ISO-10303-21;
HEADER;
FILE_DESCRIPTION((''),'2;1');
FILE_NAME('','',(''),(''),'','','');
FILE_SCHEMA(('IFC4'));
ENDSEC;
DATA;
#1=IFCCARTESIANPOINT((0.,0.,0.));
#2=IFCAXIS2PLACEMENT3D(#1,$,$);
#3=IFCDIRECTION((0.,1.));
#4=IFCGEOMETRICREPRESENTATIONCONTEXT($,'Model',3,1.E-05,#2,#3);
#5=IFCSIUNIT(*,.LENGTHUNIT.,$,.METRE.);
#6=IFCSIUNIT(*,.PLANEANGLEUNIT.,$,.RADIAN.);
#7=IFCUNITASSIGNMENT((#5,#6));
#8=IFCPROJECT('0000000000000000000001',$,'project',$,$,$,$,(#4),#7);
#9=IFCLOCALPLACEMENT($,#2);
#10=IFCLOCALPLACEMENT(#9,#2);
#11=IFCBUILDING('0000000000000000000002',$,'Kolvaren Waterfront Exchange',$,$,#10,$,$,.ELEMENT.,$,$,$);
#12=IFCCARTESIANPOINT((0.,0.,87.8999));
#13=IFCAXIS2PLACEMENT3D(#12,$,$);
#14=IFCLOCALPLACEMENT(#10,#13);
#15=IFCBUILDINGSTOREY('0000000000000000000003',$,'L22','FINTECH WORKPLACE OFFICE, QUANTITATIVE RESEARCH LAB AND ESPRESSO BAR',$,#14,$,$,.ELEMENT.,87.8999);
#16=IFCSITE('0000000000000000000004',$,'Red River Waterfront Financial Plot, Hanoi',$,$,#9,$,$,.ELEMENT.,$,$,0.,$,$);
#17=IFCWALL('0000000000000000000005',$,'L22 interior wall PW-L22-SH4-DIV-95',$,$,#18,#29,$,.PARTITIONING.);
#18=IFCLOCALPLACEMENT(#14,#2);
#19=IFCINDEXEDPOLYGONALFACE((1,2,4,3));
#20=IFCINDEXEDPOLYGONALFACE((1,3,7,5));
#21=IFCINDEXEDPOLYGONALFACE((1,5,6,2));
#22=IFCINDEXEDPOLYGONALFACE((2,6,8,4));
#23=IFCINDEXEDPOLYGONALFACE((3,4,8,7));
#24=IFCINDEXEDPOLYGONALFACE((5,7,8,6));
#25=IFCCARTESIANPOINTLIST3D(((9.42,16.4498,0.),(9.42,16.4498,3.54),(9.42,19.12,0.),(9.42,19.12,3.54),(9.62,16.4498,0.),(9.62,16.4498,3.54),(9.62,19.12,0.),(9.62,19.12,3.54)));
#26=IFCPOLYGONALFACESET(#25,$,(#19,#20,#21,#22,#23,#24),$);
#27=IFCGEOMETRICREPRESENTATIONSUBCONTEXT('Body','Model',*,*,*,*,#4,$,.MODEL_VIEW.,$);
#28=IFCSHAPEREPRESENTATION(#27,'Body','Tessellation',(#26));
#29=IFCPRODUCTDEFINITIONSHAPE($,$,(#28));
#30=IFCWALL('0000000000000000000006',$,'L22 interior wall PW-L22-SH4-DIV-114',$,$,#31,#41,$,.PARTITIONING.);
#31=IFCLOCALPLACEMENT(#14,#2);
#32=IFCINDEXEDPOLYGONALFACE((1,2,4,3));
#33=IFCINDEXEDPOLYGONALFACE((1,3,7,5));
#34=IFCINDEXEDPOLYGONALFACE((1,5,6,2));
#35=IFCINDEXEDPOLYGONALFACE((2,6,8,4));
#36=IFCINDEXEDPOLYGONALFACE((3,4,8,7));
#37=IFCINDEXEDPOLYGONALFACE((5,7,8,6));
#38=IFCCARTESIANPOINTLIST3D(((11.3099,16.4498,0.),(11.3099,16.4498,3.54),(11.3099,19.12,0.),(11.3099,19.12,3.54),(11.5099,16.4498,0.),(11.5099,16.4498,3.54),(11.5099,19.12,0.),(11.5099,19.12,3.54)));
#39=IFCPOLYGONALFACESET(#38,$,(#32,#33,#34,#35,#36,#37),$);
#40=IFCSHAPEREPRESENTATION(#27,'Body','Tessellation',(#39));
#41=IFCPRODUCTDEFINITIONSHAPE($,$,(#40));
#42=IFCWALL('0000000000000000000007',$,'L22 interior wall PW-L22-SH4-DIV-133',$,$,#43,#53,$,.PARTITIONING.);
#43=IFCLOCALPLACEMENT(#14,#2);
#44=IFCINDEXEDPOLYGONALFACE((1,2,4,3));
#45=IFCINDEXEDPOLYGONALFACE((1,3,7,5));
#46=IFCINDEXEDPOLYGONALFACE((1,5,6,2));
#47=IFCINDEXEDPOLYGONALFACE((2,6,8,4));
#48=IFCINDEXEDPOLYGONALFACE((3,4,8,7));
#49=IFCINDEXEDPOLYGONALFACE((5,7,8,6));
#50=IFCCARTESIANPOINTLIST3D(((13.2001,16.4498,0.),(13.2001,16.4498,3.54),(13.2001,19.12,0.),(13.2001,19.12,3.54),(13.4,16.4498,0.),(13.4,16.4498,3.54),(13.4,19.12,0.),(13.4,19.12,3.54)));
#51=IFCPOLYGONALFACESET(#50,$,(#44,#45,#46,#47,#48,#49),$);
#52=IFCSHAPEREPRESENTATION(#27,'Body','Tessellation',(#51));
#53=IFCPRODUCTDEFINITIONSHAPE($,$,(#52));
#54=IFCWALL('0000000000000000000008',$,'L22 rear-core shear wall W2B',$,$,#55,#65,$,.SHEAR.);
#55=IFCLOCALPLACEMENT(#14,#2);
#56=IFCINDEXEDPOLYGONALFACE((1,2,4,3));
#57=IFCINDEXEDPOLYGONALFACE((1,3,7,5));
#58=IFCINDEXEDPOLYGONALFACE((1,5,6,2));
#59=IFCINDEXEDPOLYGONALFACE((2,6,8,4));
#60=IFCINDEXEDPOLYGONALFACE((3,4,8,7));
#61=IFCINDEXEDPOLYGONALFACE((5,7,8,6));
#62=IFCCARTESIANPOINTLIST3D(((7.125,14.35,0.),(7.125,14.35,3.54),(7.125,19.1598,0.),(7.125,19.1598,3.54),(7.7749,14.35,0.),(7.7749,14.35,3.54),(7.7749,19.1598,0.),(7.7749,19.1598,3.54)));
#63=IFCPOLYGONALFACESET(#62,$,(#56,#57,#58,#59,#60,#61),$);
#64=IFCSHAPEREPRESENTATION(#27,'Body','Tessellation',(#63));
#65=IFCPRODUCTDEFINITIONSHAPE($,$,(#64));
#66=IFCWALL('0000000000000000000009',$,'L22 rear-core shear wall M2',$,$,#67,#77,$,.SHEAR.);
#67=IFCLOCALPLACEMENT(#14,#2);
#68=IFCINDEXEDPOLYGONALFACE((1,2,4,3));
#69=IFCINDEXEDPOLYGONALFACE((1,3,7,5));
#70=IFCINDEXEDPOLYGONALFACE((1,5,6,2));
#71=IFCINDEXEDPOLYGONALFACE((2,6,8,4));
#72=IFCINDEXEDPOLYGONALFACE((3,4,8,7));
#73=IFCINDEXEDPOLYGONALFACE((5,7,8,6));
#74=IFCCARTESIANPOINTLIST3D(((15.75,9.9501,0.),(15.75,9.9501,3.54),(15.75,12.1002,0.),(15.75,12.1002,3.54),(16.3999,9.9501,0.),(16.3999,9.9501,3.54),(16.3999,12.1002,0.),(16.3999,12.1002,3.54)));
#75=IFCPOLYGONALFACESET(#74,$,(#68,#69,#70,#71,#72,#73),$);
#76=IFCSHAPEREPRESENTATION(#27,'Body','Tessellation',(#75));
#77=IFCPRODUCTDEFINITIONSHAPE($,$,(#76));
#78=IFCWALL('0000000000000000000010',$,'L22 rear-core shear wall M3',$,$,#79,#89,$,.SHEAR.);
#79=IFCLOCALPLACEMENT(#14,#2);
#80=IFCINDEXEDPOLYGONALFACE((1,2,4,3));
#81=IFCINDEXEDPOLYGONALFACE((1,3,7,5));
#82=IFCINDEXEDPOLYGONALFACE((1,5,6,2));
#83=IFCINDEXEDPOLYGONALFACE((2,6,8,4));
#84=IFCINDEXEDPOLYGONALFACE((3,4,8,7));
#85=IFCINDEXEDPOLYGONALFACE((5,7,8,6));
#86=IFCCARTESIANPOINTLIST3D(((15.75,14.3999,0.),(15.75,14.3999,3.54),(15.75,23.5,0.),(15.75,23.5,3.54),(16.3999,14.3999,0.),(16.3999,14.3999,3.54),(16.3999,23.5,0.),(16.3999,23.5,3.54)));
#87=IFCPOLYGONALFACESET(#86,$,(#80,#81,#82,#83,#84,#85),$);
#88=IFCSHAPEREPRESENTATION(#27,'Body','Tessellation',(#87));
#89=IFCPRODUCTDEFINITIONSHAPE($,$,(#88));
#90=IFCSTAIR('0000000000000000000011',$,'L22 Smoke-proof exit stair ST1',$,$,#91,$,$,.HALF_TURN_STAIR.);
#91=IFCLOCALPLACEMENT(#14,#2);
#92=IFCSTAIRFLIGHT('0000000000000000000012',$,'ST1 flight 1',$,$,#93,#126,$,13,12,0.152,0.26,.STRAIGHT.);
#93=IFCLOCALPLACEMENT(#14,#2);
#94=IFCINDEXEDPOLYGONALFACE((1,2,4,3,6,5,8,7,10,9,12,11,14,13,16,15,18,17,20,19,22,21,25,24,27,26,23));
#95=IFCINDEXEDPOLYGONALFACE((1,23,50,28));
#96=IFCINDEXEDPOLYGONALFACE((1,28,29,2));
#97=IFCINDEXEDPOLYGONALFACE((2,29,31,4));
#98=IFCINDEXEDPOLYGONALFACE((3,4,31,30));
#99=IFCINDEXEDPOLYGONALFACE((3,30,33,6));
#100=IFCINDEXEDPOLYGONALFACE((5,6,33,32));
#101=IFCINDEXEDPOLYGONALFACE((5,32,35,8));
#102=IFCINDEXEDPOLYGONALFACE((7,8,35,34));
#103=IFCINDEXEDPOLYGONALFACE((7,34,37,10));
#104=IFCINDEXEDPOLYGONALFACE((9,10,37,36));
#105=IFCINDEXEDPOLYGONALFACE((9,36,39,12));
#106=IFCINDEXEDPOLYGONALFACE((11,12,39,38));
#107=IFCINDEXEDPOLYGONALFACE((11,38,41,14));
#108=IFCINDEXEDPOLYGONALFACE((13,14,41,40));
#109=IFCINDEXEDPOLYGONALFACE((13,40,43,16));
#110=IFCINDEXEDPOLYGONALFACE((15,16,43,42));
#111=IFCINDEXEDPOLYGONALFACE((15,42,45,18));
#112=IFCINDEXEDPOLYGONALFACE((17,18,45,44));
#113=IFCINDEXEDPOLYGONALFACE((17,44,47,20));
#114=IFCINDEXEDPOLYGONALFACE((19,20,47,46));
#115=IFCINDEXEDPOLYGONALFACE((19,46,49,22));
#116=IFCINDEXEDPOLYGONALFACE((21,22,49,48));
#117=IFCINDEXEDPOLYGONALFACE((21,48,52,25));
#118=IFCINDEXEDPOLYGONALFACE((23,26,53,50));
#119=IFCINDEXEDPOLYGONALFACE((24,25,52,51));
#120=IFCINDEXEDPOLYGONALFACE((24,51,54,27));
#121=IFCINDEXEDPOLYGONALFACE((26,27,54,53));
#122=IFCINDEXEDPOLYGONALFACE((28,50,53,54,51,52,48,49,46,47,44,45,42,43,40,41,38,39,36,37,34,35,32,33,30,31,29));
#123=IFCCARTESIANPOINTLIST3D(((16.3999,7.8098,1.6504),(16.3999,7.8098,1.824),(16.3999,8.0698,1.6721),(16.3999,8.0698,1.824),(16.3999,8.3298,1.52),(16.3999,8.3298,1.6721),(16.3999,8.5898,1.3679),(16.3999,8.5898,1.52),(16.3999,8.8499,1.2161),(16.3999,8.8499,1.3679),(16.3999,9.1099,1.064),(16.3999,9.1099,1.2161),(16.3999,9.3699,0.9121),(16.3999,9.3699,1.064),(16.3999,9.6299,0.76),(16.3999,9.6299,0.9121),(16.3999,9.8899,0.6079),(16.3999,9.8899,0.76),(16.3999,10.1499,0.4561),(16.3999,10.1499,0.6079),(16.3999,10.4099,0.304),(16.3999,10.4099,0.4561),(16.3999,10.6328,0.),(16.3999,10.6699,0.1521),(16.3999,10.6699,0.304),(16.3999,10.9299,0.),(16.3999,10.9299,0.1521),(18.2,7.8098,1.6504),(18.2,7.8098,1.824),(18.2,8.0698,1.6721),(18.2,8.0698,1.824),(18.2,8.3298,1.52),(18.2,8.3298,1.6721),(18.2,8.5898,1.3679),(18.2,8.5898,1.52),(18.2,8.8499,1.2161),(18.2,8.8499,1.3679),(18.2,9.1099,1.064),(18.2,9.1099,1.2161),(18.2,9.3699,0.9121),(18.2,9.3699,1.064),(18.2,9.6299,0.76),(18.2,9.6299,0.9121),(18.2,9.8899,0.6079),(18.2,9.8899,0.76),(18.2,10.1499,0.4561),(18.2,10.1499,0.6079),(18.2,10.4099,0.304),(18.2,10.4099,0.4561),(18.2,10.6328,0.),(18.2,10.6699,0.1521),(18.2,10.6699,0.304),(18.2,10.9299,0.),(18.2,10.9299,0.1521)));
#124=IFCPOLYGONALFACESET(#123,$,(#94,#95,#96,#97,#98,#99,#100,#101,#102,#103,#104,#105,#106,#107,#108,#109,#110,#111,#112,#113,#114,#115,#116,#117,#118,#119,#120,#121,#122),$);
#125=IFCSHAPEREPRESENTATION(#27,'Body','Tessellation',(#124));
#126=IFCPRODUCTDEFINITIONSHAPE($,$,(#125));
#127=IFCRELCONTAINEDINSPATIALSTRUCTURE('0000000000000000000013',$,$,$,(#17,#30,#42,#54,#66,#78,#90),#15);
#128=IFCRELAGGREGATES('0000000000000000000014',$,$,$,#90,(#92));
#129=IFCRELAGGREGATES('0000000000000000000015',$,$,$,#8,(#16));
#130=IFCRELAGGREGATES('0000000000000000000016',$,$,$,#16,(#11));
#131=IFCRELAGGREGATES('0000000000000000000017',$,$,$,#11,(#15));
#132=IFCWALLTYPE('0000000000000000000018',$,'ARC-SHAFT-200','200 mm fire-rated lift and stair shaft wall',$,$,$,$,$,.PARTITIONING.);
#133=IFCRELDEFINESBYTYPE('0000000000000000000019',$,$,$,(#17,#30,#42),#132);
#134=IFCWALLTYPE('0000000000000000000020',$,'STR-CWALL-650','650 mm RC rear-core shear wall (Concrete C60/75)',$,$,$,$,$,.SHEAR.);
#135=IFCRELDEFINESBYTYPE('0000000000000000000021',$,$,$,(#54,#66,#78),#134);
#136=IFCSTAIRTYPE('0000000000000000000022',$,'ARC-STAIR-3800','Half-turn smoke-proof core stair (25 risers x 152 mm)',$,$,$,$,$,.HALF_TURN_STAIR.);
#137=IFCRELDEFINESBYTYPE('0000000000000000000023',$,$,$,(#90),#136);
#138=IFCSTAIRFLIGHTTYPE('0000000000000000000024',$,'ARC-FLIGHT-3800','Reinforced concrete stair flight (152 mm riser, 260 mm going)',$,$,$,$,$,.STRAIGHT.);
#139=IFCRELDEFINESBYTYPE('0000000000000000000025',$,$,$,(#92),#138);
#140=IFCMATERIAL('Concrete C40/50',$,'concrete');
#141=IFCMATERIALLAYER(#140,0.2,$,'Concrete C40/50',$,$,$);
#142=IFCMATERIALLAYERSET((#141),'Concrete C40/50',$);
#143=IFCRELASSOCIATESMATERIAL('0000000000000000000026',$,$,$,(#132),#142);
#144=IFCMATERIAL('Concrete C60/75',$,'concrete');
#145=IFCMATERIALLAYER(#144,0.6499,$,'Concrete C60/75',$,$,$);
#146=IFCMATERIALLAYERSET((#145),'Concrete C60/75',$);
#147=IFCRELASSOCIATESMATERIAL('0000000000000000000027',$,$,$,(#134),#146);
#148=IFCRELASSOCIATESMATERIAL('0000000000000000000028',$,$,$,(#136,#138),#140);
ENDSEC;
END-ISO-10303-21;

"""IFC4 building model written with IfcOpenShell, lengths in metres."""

from ifc_helpers import new_model, si_unit, direction, frame, frame_2d, origin, place, context, subcontext, project, spatial, polyline, rectangle, outline, extrude, material, layer, layer_set, type_object, element, aggregate, save


model = new_model("IFC4")

# Units and contexts
model_context = context("Model", 3, precision=1e-05, world=origin(), true_north=direction((0.0, 1.0)))
body_context = subcontext(model_context, "Body", "Model", "MODEL_VIEW")
ifc_project = project(units=[si_unit("LENGTHUNIT", "METRE"), si_unit("PLANEANGLEUNIT", "RADIAN")], contexts=[model_context])

# Site, building, storey
site_placement = place(None, origin())
site = spatial("IfcSite", under=ifc_project, at=site_placement, Name="Red River Waterfront Financial Plot, Hanoi", CompositionType="ELEMENT", RefElevation=0.0)
building_placement = place(site_placement, origin())
building = spatial("IfcBuilding", under=site, at=building_placement, Name="Kolvaren Waterfront Exchange", CompositionType="ELEMENT")
storey_placement = place(building_placement, frame((0.0, 0.0, 87.8999)))
storey = spatial("IfcBuildingStorey", under=building, at=storey_placement, Name="L22", Description="FINTECH WORKPLACE OFFICE, QUANTITATIVE RESEARCH LAB AND ESPRESSO BAR", CompositionType="ELEMENT", Elevation=87.8999)

# Shared definitions
ifc_material_1 = material(Name="Concrete C60/75", Category="concrete")

# Shared definitions
ifc_material_2 = material(Name="Concrete C40/50", Category="concrete")
ifc_layer_1 = layer(ifc_material_2, 0.2, Name="Concrete C40/50")
ifc_layer_set_1 = layer_set([ifc_layer_1], Name="Concrete C40/50")
wall_type_1 = type_object("IfcWallType", Name="ARC-SHAFT-200", Description="200 mm fire-rated lift and stair shaft wall", PredefinedType="PARTITIONING", material=ifc_layer_set_1)

# Walls
for number, where, z_axis, x_axis, name in (
    (1, (9.52, 16.45, 0.0), (0.0, 0.0, 1.0), (0.0, 1.0, 0.0), "L22 interior wall PW-L22-SH4-DIV-95"),
    (2, (11.4099, 16.45, 0.0), (0.0, 0.0, 1.0), (0.0, 1.0, 0.0), "L22 interior wall PW-L22-SH4-DIV-114"),
    (3, (13.3, 16.45, 0.0), (0.0, 0.0, 1.0), (0.0, 1.0, 0.0), "L22 interior wall PW-L22-SH4-DIV-133"),
):
    element("IfcWall", number, at=place(storey_placement, frame(where, z_axis=z_axis, x_axis=x_axis)), inside=storey, type_object=wall_type_1, Name=name, PredefinedType="PARTITIONING", context=body_context, shape_type="SweptSolid", body=[
        extrude(rectangle(XDim=2.6702, YDim=0.2, at=frame_2d((1.335, 0.0))), origin(), (0.0, 0.0, 1.0), 3.54),
    ])
ifc_layer_2 = layer(ifc_material_1, 0.6499, Name="Concrete C60/75")
ifc_layer_set_2 = layer_set([ifc_layer_2], Name="Concrete C60/75")
wall_type_2 = type_object("IfcWallType", Name="STR-CWALL-650", Description="650 mm RC rear-core shear wall (Concrete C60/75)", PredefinedType="SHEAR", material=ifc_layer_set_2)
wall_1_placement = place(storey_placement, frame((7.45, 14.3501, 0.0), z_axis=(0.0, 0.0, 1.0), x_axis=(0.0, 1.0, 0.0)))
element("IfcWall", 4, at=wall_1_placement, inside=storey, type_object=wall_type_2, Name="L22 rear-core shear wall W2B", PredefinedType="SHEAR", context=body_context, shape_type="SweptSolid", body=[
    extrude(rectangle(XDim=4.8098, YDim=0.6499, at=frame_2d((2.4048, 0.0))), origin(), (0.0, 0.0, 1.0), 3.54),
])
wall_2_placement = place(storey_placement, frame((16.075, 9.95, 0.0), z_axis=(0.0, 0.0, 1.0), x_axis=(0.0, 1.0, 0.0)))
element("IfcWall", 5, at=wall_2_placement, inside=storey, type_object=wall_type_2, Name="L22 rear-core shear wall M2", PredefinedType="SHEAR", context=body_context, shape_type="SweptSolid", body=[
    extrude(rectangle(XDim=2.1501, YDim=0.6499, at=frame_2d((1.0752, 0.0))), origin(), (0.0, 0.0, 1.0), 3.54),
])
wall_3_placement = place(storey_placement, frame((16.075, 14.3999, 0.0), z_axis=(0.0, 0.0, 1.0), x_axis=(0.0, 1.0, 0.0)))
element("IfcWall", 6, at=wall_3_placement, inside=storey, type_object=wall_type_2, Name="L22 rear-core shear wall M3", PredefinedType="SHEAR", context=body_context, shape_type="SweptSolid", body=[
    extrude(rectangle(XDim=9.1001, YDim=0.6499, at=frame_2d((4.55, 0.0))), origin(), (0.0, 0.0, 1.0), 3.54),
])

# Stair, stair flight
stair_type = type_object("IfcStairType", Name="ARC-STAIR-3800", Description="Half-turn smoke-proof core stair (25 risers x 152 mm)", PredefinedType="HALF_TURN_STAIR", material=ifc_material_2)
stair_placement = place(storey_placement, origin())
stair = element("IfcStair", 7, at=stair_placement, inside=storey, type_object=stair_type, Name="L22 Smoke-proof exit stair ST1", PredefinedType="HALF_TURN_STAIR")
stair_flight_type = type_object("IfcStairFlightType", Name="ARC-FLIGHT-3800", Description="Reinforced concrete stair flight (152 mm riser, 260 mm going)", PredefinedType="STRAIGHT", material=ifc_material_2)
stair_flight_placement = place(storey_placement, frame((17.3, 10.9299, 0.0), z_axis=(0.0, 0.0, 1.0), x_axis=(0.0, -1.0, 0.0)))
stair_flight = element("IfcStairFlight", 8, at=stair_flight_placement, type_object=stair_flight_type, Name="ST1 flight 1", NumberOfRisers=13, NumberOfTreads=12, PredefinedType="STRAIGHT", RiserHeight=0.152, TreadLength=0.26, context=body_context, shape_type="SweptSolid", body=[
    extrude(outline(polyline([(0.0, 0.0), (0.0, 0.1521), (0.26, 0.1521), (0.26, 0.304), (0.52, 0.304), (0.52, 0.4561), (0.78, 0.4561), (0.78, 0.6079), (1.04, 0.6079), (1.04, 0.76), (1.3, 0.76), (1.3, 0.9121), (1.5601, 0.9121), (1.5601, 1.064), (1.8201, 1.064), (1.8201, 1.2161), (2.0801, 1.2161), (2.0801, 1.3679), (2.3401, 1.3679), (2.3401, 1.52), (2.6001, 1.52), (2.6001, 1.6721), (2.8601, 1.6721), (2.8601, 1.824), (3.1201, 1.824), (3.1201, 1.9761), (3.1201, 1.6504), (0.2971, 0.0), (0.0, 0.0)])), frame((0.0, 0.8999, 0.0), z_axis=(0.0, -1.0, 0.0), x_axis=(1.0, 0.0, 0.0)), (0.0, 0.0, 1.0), 1.8),
])
aggregate(stair, [stair_flight])

save(model, "model.ifc")
